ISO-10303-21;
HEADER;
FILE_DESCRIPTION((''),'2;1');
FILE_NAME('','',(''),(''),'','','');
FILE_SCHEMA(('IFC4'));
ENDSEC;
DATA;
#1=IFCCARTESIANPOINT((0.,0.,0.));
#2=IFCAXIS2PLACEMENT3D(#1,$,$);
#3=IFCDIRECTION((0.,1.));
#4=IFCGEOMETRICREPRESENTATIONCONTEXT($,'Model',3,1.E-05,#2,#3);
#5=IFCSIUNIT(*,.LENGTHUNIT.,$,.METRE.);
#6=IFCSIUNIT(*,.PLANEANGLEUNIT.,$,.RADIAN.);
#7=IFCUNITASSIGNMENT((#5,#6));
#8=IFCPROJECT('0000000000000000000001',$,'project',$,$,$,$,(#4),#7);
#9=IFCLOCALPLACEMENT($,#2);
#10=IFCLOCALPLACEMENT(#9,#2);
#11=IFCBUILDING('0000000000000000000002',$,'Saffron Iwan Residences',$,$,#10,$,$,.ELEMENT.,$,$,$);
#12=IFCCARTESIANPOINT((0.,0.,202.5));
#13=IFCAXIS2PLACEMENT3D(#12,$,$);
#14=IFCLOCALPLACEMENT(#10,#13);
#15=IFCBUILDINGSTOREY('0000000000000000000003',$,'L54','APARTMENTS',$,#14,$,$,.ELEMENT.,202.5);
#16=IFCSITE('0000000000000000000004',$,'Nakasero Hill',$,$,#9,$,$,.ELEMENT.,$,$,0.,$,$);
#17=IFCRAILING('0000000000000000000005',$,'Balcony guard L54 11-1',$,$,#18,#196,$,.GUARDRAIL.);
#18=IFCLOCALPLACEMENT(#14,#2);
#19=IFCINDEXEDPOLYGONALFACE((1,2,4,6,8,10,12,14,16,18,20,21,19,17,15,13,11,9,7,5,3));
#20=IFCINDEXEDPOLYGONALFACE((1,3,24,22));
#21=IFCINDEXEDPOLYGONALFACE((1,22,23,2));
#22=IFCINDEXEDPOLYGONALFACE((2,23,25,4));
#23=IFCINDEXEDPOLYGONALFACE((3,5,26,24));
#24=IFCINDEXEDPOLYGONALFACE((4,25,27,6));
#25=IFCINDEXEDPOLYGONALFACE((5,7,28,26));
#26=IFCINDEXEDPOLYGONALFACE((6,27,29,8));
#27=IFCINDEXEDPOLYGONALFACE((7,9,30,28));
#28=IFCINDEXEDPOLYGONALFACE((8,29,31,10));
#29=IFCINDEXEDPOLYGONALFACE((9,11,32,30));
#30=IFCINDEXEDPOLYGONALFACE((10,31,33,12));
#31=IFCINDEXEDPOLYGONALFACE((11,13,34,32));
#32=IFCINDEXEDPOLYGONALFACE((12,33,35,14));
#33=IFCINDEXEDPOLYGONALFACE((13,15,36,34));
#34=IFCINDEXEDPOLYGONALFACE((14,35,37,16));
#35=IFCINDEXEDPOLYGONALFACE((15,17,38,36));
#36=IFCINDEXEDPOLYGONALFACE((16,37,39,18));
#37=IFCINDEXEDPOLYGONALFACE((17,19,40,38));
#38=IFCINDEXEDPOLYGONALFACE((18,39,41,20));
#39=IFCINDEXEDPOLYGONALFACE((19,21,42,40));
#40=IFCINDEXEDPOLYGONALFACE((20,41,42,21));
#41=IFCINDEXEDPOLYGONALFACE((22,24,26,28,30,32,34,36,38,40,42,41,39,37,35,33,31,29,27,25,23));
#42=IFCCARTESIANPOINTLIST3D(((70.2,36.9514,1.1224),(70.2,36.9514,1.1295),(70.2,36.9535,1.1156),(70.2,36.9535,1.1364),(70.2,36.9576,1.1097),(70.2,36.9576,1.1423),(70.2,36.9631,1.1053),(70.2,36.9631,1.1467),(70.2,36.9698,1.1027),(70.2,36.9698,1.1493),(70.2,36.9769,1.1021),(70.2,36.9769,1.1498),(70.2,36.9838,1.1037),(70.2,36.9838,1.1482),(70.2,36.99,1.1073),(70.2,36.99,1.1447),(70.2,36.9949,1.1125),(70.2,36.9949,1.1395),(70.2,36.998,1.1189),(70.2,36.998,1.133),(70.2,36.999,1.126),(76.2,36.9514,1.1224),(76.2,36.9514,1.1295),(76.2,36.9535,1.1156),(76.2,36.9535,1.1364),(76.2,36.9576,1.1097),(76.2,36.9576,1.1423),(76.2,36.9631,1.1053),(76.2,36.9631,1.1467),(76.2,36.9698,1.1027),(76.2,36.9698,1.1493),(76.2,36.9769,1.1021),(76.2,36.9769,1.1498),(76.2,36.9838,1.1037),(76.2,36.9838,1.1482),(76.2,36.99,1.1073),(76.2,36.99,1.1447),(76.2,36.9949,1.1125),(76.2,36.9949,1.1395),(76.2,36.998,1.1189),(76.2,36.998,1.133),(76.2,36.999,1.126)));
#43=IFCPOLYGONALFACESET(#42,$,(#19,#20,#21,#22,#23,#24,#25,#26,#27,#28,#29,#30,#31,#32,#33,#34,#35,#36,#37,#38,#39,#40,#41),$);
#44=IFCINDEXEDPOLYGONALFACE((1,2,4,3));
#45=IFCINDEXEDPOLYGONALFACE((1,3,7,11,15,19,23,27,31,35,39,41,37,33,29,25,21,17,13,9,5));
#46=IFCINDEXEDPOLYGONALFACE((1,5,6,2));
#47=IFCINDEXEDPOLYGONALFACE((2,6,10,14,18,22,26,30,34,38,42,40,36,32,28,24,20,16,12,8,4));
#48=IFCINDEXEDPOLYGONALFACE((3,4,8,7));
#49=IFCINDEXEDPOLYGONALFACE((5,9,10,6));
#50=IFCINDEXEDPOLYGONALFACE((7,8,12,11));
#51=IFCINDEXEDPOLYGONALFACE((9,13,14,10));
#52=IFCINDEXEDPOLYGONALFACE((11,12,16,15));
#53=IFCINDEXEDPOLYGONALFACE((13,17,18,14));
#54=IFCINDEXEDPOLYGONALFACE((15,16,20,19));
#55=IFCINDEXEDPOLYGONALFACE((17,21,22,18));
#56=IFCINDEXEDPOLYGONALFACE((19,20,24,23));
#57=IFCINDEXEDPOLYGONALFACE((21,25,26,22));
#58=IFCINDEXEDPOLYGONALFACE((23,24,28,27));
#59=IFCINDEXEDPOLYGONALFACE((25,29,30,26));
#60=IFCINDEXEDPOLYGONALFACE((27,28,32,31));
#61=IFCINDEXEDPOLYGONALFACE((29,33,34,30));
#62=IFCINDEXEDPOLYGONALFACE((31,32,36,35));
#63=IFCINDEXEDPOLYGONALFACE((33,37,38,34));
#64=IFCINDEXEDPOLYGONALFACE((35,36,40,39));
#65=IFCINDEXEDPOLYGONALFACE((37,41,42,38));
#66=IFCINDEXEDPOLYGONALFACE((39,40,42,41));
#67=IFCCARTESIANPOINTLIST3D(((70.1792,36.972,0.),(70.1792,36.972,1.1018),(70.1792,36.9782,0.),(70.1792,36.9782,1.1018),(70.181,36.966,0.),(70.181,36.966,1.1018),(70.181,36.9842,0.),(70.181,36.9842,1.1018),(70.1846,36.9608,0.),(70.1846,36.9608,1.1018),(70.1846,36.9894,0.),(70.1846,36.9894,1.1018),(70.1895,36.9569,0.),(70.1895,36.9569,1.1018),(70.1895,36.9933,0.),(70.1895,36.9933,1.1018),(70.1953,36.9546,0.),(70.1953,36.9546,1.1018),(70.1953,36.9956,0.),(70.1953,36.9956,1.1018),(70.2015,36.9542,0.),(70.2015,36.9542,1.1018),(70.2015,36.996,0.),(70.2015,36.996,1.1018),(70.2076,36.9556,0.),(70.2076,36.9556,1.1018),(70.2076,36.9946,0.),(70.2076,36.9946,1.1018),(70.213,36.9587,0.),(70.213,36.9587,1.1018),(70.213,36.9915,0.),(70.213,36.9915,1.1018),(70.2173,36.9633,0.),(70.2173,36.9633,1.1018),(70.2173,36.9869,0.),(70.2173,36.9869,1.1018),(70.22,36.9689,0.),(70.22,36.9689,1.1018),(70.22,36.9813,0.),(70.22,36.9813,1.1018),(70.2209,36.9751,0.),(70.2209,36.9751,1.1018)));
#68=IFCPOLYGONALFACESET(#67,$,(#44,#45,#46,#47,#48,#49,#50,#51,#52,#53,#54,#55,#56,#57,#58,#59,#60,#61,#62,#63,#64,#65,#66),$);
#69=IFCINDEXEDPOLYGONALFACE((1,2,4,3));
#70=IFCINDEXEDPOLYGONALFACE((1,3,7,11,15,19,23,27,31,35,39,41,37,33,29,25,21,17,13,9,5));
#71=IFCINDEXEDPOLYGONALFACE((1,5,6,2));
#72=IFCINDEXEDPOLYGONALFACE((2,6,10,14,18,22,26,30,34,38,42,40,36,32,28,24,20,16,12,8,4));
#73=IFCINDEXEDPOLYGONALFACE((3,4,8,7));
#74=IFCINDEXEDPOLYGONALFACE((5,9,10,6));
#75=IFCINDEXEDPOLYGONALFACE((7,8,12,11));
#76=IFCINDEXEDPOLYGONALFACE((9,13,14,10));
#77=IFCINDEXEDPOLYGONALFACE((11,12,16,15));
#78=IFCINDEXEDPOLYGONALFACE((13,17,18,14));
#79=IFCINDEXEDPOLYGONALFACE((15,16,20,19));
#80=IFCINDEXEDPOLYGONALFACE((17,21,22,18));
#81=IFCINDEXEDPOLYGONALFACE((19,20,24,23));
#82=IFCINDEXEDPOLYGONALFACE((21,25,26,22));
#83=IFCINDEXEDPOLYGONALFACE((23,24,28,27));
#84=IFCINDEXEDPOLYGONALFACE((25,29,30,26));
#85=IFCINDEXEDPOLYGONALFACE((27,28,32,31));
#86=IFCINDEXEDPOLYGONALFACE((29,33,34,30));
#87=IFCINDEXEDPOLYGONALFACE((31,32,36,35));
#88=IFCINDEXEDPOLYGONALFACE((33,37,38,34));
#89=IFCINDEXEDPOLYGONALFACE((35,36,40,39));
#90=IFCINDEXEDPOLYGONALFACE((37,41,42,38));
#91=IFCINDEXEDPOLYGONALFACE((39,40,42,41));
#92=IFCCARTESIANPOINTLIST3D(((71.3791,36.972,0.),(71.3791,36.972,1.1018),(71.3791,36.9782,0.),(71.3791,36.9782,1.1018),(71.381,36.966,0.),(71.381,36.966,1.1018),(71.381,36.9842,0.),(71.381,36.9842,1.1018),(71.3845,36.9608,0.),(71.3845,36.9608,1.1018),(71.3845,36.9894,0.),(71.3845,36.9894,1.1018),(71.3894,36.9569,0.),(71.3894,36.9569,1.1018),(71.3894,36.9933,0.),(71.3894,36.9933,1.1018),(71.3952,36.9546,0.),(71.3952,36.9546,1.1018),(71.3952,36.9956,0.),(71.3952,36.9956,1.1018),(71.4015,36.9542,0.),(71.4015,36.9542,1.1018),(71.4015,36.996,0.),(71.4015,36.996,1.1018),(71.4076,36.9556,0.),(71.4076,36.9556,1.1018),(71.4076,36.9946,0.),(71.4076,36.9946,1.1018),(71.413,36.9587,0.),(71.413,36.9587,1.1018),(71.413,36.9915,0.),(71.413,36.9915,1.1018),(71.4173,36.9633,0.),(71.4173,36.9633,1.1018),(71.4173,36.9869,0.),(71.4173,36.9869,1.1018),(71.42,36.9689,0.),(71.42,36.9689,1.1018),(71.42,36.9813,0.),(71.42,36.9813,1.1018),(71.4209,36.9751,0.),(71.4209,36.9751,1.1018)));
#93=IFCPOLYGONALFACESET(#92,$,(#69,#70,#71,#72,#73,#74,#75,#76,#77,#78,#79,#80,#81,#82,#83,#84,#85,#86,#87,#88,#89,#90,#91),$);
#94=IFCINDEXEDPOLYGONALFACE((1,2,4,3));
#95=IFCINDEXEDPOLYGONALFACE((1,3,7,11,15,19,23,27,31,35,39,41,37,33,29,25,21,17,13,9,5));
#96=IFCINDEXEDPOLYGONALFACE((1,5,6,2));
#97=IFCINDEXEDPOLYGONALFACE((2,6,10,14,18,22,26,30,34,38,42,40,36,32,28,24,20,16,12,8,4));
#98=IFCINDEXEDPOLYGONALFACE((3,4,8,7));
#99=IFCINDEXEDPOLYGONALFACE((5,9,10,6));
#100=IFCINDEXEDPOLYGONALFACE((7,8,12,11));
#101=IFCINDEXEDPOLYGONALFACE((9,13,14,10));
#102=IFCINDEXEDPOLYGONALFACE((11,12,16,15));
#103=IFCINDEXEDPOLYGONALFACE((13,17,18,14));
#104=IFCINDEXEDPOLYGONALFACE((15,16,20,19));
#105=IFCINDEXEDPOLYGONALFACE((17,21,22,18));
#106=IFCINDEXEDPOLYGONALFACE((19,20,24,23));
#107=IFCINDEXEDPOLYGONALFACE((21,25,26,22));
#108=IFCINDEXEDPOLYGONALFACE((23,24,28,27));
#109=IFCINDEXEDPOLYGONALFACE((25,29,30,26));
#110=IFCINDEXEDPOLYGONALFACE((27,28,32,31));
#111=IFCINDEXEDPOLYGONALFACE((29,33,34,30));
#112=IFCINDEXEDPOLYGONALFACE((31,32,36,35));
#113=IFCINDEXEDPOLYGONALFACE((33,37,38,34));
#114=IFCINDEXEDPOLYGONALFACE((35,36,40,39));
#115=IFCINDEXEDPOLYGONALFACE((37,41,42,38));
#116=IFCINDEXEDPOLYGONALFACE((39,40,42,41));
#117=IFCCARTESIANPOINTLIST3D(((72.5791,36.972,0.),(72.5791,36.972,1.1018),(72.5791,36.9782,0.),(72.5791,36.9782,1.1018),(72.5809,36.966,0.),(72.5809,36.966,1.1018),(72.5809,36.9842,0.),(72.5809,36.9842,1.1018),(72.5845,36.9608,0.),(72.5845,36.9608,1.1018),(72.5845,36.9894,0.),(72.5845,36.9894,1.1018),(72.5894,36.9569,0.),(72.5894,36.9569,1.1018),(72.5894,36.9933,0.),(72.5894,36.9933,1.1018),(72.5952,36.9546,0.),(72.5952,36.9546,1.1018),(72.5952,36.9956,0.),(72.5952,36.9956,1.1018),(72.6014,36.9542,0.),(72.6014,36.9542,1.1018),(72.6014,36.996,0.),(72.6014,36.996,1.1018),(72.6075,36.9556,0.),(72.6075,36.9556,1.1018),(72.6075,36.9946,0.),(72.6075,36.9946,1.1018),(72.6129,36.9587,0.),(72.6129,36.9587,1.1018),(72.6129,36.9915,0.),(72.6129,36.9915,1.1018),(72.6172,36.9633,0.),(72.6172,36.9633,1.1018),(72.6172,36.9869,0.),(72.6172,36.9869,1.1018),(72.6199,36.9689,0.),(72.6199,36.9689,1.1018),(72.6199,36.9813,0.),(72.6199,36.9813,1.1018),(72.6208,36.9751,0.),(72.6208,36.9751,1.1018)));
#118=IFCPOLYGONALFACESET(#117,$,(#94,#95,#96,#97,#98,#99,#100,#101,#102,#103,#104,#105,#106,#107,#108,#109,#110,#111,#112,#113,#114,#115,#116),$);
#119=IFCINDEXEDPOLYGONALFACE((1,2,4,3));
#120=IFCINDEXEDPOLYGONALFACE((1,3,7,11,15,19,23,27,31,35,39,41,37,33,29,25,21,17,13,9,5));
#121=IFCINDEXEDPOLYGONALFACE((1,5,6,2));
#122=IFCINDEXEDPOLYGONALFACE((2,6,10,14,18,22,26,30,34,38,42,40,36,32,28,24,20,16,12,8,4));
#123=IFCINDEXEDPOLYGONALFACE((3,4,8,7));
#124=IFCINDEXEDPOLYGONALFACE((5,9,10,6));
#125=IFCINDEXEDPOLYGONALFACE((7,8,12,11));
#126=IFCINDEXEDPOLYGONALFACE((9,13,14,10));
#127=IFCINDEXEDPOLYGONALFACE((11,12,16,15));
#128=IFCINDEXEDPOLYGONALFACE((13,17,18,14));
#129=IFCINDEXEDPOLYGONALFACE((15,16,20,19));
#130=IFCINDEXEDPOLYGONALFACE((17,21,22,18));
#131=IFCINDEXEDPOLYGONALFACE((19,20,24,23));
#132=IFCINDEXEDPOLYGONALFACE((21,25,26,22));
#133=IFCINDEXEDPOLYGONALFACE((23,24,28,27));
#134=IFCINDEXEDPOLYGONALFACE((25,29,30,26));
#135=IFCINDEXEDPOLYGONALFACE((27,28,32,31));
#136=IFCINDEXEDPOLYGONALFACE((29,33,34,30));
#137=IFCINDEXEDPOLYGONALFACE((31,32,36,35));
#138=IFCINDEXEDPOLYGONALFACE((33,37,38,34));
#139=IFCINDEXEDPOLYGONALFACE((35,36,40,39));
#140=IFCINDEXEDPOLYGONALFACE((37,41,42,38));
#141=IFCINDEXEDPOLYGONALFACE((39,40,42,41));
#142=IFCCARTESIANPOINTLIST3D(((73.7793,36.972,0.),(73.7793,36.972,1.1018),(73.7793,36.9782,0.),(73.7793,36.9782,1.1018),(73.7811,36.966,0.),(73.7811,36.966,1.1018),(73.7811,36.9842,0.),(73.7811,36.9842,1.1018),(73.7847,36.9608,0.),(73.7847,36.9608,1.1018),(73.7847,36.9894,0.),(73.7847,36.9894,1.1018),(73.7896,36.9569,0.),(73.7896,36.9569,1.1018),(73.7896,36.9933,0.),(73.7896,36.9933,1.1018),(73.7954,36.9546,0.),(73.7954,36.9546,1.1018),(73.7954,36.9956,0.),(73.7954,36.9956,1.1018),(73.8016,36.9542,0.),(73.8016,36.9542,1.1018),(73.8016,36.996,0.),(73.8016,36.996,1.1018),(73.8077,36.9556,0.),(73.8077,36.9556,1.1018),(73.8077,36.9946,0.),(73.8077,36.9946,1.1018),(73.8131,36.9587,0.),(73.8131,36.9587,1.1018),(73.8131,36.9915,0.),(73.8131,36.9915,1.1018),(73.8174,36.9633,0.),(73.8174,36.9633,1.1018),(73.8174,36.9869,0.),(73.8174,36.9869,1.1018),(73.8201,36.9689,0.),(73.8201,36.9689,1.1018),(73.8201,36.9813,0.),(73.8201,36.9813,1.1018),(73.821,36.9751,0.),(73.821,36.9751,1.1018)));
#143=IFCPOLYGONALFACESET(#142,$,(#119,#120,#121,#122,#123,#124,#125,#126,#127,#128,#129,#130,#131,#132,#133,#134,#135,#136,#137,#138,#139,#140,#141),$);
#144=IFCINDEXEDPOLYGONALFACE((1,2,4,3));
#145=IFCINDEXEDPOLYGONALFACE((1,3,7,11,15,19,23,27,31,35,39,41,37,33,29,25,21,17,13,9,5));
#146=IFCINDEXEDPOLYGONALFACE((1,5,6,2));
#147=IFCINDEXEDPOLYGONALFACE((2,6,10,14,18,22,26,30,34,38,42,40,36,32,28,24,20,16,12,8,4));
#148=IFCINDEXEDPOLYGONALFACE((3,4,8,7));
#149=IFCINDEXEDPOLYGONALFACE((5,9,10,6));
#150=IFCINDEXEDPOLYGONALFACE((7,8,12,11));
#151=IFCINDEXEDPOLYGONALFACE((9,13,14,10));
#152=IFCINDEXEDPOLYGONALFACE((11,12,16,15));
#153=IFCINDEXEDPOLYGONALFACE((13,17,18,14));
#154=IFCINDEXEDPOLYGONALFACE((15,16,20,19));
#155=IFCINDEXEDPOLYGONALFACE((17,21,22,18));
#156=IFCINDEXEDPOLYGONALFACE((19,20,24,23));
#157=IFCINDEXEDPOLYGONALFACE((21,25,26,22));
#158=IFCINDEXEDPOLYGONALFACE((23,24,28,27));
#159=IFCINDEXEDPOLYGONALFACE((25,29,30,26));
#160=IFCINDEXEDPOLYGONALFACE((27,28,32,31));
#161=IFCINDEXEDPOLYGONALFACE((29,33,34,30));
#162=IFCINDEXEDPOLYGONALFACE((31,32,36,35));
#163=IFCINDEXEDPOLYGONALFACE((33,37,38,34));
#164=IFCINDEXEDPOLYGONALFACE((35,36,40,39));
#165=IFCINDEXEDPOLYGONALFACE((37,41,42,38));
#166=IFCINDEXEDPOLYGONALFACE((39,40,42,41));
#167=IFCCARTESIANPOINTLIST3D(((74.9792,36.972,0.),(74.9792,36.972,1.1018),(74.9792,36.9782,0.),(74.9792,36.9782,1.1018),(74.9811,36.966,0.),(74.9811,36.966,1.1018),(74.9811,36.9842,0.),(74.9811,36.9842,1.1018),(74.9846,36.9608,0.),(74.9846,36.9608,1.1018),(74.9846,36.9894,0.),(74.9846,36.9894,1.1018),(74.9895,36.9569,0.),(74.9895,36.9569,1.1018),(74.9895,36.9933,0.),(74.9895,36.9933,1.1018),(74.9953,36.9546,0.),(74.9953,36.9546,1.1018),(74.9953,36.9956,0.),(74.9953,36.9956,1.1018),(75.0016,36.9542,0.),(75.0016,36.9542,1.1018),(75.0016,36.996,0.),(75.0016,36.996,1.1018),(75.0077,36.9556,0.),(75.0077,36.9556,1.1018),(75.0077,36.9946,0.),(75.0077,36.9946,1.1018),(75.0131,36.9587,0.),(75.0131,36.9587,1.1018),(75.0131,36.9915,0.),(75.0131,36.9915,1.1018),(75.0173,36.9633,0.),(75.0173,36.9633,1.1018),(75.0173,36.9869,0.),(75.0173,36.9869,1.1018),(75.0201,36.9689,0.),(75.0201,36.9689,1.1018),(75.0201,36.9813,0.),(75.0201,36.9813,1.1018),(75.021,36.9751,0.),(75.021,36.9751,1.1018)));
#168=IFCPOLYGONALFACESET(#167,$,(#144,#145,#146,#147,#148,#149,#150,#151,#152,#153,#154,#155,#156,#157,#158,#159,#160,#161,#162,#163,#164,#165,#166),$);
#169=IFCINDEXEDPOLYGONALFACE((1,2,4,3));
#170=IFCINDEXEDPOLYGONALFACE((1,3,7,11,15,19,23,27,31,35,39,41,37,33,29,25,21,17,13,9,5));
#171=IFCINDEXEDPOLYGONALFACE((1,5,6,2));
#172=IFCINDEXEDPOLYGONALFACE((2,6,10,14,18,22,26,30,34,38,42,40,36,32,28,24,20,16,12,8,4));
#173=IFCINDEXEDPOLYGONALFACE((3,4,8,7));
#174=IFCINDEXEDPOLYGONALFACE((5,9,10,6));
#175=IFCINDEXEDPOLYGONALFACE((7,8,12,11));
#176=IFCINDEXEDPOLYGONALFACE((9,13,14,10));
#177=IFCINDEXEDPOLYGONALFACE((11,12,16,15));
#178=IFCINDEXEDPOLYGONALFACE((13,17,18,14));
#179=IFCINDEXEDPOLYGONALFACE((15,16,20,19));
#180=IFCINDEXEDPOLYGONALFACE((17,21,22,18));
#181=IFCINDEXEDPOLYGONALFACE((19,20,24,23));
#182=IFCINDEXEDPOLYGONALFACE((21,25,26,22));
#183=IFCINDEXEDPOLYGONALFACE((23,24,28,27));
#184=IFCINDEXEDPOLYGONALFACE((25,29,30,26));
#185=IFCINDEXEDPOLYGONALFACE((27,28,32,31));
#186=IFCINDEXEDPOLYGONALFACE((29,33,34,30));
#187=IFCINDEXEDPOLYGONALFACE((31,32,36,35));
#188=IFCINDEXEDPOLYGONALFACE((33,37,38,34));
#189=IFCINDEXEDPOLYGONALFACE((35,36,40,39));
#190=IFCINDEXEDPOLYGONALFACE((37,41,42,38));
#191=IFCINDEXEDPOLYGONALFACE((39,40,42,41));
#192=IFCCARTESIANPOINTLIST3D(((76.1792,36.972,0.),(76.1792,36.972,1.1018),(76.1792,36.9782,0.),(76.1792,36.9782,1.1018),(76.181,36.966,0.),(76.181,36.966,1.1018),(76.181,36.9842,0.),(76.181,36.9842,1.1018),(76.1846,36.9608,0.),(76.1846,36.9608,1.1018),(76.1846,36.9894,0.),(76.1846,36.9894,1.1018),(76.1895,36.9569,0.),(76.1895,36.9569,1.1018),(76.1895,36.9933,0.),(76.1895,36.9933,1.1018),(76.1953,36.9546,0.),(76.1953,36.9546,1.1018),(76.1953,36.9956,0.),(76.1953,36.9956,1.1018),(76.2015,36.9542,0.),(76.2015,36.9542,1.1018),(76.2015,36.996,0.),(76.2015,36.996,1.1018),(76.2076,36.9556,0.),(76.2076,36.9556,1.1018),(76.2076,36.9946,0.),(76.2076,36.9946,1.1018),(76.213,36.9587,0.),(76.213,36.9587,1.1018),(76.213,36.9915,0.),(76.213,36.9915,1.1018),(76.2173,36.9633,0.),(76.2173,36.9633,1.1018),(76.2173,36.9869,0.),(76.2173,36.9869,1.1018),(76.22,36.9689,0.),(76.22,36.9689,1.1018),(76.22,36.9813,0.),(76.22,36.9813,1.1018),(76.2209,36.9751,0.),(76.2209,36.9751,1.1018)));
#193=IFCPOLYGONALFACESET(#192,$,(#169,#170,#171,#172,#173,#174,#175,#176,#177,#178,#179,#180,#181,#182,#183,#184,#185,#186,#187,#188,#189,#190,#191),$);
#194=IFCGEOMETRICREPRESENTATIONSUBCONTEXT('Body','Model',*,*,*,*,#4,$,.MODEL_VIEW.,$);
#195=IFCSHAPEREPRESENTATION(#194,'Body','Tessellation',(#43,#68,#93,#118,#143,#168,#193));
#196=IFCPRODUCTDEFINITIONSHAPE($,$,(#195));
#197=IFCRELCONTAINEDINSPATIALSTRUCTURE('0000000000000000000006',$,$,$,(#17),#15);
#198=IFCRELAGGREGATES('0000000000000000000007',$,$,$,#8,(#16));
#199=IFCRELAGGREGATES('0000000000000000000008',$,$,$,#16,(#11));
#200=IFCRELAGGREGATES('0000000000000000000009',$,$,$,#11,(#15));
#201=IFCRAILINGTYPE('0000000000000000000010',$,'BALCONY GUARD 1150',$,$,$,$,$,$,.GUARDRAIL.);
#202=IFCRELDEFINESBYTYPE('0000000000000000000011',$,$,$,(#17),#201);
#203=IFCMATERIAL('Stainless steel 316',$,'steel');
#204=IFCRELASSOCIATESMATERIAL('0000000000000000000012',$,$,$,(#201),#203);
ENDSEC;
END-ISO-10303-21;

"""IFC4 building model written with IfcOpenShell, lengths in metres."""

from ifc_helpers import new_model, si_unit, direction, frame, origin, origin_2d, place, context, subcontext, project, spatial, circle, extrude, material, type_object, element, save


model = new_model("IFC4")

# Units and contexts
model_context = context("Model", 3, precision=1e-05, world=origin(), true_north=direction((0.0, 1.0)))
body_context = subcontext(model_context, "Body", "Model", "MODEL_VIEW")
ifc_project = project(units=[si_unit("LENGTHUNIT", "METRE"), si_unit("PLANEANGLEUNIT", "RADIAN")], contexts=[model_context])

# Site, building, storey
site_placement = place(None, origin())
site = spatial("IfcSite", under=ifc_project, at=site_placement, Name="Nakasero Hill", CompositionType="ELEMENT", RefElevation=0.0)
building_placement = place(site_placement, origin())
building = spatial("IfcBuilding", under=site, at=building_placement, Name="Saffron Iwan Residences", CompositionType="ELEMENT")
storey_placement = place(building_placement, frame((0.0, 0.0, 202.5)))
storey = spatial("IfcBuildingStorey", under=building, at=storey_placement, Name="L54", Description="APARTMENTS", CompositionType="ELEMENT", Elevation=202.5)

# Railing
ifc_material_1 = material(Name="Stainless steel 316", Category="steel")
railing_type = type_object("IfcRailingType", Name="BALCONY GUARD 1150", PredefinedType="GUARDRAIL", material=ifc_material_1)
railing_placement = place(storey_placement, frame((70.2, 36.9751, 0.0)))
element("IfcRailing", 1, at=railing_placement, inside=storey, type_object=railing_type, Name="Balcony guard L54 11-1", PredefinedType="GUARDRAIL", context=body_context, shape_type="SweptSolid", body=[
    extrude(circle(Radius=0.0239, at=origin_2d()), frame((0.0, 0.0, 1.126), z_axis=(1.0, 0.0, 0.0), x_axis=(0.0, 1.0, 0.0)), (0.0, 0.0, 1.0), 6.0),
    extrude(circle(Radius=0.021, at=origin_2d()), origin(), (0.0, 0.0, 1.0), 1.1018),
    extrude(circle(Radius=0.021, at=origin_2d()), frame((1.2, 0.0, 0.0)), (0.0, 0.0, 1.0), 1.1018),
    extrude(circle(Radius=0.021, at=origin_2d()), frame((2.3999, 0.0, 0.0)), (0.0, 0.0, 1.0), 1.1018),
    extrude(circle(Radius=0.021, at=origin_2d()), frame((3.6001, 0.0, 0.0)), (0.0, 0.0, 1.0), 1.1018),
    extrude(circle(Radius=0.021, at=origin_2d()), frame((4.8, 0.0, 0.0)), (0.0, 0.0, 1.0), 1.1018),
    extrude(circle(Radius=0.021, at=origin_2d()), frame((6.0, 0.0, 0.0)), (0.0, 0.0, 1.0), 1.1018),
])

save(model, "model.ifc")
